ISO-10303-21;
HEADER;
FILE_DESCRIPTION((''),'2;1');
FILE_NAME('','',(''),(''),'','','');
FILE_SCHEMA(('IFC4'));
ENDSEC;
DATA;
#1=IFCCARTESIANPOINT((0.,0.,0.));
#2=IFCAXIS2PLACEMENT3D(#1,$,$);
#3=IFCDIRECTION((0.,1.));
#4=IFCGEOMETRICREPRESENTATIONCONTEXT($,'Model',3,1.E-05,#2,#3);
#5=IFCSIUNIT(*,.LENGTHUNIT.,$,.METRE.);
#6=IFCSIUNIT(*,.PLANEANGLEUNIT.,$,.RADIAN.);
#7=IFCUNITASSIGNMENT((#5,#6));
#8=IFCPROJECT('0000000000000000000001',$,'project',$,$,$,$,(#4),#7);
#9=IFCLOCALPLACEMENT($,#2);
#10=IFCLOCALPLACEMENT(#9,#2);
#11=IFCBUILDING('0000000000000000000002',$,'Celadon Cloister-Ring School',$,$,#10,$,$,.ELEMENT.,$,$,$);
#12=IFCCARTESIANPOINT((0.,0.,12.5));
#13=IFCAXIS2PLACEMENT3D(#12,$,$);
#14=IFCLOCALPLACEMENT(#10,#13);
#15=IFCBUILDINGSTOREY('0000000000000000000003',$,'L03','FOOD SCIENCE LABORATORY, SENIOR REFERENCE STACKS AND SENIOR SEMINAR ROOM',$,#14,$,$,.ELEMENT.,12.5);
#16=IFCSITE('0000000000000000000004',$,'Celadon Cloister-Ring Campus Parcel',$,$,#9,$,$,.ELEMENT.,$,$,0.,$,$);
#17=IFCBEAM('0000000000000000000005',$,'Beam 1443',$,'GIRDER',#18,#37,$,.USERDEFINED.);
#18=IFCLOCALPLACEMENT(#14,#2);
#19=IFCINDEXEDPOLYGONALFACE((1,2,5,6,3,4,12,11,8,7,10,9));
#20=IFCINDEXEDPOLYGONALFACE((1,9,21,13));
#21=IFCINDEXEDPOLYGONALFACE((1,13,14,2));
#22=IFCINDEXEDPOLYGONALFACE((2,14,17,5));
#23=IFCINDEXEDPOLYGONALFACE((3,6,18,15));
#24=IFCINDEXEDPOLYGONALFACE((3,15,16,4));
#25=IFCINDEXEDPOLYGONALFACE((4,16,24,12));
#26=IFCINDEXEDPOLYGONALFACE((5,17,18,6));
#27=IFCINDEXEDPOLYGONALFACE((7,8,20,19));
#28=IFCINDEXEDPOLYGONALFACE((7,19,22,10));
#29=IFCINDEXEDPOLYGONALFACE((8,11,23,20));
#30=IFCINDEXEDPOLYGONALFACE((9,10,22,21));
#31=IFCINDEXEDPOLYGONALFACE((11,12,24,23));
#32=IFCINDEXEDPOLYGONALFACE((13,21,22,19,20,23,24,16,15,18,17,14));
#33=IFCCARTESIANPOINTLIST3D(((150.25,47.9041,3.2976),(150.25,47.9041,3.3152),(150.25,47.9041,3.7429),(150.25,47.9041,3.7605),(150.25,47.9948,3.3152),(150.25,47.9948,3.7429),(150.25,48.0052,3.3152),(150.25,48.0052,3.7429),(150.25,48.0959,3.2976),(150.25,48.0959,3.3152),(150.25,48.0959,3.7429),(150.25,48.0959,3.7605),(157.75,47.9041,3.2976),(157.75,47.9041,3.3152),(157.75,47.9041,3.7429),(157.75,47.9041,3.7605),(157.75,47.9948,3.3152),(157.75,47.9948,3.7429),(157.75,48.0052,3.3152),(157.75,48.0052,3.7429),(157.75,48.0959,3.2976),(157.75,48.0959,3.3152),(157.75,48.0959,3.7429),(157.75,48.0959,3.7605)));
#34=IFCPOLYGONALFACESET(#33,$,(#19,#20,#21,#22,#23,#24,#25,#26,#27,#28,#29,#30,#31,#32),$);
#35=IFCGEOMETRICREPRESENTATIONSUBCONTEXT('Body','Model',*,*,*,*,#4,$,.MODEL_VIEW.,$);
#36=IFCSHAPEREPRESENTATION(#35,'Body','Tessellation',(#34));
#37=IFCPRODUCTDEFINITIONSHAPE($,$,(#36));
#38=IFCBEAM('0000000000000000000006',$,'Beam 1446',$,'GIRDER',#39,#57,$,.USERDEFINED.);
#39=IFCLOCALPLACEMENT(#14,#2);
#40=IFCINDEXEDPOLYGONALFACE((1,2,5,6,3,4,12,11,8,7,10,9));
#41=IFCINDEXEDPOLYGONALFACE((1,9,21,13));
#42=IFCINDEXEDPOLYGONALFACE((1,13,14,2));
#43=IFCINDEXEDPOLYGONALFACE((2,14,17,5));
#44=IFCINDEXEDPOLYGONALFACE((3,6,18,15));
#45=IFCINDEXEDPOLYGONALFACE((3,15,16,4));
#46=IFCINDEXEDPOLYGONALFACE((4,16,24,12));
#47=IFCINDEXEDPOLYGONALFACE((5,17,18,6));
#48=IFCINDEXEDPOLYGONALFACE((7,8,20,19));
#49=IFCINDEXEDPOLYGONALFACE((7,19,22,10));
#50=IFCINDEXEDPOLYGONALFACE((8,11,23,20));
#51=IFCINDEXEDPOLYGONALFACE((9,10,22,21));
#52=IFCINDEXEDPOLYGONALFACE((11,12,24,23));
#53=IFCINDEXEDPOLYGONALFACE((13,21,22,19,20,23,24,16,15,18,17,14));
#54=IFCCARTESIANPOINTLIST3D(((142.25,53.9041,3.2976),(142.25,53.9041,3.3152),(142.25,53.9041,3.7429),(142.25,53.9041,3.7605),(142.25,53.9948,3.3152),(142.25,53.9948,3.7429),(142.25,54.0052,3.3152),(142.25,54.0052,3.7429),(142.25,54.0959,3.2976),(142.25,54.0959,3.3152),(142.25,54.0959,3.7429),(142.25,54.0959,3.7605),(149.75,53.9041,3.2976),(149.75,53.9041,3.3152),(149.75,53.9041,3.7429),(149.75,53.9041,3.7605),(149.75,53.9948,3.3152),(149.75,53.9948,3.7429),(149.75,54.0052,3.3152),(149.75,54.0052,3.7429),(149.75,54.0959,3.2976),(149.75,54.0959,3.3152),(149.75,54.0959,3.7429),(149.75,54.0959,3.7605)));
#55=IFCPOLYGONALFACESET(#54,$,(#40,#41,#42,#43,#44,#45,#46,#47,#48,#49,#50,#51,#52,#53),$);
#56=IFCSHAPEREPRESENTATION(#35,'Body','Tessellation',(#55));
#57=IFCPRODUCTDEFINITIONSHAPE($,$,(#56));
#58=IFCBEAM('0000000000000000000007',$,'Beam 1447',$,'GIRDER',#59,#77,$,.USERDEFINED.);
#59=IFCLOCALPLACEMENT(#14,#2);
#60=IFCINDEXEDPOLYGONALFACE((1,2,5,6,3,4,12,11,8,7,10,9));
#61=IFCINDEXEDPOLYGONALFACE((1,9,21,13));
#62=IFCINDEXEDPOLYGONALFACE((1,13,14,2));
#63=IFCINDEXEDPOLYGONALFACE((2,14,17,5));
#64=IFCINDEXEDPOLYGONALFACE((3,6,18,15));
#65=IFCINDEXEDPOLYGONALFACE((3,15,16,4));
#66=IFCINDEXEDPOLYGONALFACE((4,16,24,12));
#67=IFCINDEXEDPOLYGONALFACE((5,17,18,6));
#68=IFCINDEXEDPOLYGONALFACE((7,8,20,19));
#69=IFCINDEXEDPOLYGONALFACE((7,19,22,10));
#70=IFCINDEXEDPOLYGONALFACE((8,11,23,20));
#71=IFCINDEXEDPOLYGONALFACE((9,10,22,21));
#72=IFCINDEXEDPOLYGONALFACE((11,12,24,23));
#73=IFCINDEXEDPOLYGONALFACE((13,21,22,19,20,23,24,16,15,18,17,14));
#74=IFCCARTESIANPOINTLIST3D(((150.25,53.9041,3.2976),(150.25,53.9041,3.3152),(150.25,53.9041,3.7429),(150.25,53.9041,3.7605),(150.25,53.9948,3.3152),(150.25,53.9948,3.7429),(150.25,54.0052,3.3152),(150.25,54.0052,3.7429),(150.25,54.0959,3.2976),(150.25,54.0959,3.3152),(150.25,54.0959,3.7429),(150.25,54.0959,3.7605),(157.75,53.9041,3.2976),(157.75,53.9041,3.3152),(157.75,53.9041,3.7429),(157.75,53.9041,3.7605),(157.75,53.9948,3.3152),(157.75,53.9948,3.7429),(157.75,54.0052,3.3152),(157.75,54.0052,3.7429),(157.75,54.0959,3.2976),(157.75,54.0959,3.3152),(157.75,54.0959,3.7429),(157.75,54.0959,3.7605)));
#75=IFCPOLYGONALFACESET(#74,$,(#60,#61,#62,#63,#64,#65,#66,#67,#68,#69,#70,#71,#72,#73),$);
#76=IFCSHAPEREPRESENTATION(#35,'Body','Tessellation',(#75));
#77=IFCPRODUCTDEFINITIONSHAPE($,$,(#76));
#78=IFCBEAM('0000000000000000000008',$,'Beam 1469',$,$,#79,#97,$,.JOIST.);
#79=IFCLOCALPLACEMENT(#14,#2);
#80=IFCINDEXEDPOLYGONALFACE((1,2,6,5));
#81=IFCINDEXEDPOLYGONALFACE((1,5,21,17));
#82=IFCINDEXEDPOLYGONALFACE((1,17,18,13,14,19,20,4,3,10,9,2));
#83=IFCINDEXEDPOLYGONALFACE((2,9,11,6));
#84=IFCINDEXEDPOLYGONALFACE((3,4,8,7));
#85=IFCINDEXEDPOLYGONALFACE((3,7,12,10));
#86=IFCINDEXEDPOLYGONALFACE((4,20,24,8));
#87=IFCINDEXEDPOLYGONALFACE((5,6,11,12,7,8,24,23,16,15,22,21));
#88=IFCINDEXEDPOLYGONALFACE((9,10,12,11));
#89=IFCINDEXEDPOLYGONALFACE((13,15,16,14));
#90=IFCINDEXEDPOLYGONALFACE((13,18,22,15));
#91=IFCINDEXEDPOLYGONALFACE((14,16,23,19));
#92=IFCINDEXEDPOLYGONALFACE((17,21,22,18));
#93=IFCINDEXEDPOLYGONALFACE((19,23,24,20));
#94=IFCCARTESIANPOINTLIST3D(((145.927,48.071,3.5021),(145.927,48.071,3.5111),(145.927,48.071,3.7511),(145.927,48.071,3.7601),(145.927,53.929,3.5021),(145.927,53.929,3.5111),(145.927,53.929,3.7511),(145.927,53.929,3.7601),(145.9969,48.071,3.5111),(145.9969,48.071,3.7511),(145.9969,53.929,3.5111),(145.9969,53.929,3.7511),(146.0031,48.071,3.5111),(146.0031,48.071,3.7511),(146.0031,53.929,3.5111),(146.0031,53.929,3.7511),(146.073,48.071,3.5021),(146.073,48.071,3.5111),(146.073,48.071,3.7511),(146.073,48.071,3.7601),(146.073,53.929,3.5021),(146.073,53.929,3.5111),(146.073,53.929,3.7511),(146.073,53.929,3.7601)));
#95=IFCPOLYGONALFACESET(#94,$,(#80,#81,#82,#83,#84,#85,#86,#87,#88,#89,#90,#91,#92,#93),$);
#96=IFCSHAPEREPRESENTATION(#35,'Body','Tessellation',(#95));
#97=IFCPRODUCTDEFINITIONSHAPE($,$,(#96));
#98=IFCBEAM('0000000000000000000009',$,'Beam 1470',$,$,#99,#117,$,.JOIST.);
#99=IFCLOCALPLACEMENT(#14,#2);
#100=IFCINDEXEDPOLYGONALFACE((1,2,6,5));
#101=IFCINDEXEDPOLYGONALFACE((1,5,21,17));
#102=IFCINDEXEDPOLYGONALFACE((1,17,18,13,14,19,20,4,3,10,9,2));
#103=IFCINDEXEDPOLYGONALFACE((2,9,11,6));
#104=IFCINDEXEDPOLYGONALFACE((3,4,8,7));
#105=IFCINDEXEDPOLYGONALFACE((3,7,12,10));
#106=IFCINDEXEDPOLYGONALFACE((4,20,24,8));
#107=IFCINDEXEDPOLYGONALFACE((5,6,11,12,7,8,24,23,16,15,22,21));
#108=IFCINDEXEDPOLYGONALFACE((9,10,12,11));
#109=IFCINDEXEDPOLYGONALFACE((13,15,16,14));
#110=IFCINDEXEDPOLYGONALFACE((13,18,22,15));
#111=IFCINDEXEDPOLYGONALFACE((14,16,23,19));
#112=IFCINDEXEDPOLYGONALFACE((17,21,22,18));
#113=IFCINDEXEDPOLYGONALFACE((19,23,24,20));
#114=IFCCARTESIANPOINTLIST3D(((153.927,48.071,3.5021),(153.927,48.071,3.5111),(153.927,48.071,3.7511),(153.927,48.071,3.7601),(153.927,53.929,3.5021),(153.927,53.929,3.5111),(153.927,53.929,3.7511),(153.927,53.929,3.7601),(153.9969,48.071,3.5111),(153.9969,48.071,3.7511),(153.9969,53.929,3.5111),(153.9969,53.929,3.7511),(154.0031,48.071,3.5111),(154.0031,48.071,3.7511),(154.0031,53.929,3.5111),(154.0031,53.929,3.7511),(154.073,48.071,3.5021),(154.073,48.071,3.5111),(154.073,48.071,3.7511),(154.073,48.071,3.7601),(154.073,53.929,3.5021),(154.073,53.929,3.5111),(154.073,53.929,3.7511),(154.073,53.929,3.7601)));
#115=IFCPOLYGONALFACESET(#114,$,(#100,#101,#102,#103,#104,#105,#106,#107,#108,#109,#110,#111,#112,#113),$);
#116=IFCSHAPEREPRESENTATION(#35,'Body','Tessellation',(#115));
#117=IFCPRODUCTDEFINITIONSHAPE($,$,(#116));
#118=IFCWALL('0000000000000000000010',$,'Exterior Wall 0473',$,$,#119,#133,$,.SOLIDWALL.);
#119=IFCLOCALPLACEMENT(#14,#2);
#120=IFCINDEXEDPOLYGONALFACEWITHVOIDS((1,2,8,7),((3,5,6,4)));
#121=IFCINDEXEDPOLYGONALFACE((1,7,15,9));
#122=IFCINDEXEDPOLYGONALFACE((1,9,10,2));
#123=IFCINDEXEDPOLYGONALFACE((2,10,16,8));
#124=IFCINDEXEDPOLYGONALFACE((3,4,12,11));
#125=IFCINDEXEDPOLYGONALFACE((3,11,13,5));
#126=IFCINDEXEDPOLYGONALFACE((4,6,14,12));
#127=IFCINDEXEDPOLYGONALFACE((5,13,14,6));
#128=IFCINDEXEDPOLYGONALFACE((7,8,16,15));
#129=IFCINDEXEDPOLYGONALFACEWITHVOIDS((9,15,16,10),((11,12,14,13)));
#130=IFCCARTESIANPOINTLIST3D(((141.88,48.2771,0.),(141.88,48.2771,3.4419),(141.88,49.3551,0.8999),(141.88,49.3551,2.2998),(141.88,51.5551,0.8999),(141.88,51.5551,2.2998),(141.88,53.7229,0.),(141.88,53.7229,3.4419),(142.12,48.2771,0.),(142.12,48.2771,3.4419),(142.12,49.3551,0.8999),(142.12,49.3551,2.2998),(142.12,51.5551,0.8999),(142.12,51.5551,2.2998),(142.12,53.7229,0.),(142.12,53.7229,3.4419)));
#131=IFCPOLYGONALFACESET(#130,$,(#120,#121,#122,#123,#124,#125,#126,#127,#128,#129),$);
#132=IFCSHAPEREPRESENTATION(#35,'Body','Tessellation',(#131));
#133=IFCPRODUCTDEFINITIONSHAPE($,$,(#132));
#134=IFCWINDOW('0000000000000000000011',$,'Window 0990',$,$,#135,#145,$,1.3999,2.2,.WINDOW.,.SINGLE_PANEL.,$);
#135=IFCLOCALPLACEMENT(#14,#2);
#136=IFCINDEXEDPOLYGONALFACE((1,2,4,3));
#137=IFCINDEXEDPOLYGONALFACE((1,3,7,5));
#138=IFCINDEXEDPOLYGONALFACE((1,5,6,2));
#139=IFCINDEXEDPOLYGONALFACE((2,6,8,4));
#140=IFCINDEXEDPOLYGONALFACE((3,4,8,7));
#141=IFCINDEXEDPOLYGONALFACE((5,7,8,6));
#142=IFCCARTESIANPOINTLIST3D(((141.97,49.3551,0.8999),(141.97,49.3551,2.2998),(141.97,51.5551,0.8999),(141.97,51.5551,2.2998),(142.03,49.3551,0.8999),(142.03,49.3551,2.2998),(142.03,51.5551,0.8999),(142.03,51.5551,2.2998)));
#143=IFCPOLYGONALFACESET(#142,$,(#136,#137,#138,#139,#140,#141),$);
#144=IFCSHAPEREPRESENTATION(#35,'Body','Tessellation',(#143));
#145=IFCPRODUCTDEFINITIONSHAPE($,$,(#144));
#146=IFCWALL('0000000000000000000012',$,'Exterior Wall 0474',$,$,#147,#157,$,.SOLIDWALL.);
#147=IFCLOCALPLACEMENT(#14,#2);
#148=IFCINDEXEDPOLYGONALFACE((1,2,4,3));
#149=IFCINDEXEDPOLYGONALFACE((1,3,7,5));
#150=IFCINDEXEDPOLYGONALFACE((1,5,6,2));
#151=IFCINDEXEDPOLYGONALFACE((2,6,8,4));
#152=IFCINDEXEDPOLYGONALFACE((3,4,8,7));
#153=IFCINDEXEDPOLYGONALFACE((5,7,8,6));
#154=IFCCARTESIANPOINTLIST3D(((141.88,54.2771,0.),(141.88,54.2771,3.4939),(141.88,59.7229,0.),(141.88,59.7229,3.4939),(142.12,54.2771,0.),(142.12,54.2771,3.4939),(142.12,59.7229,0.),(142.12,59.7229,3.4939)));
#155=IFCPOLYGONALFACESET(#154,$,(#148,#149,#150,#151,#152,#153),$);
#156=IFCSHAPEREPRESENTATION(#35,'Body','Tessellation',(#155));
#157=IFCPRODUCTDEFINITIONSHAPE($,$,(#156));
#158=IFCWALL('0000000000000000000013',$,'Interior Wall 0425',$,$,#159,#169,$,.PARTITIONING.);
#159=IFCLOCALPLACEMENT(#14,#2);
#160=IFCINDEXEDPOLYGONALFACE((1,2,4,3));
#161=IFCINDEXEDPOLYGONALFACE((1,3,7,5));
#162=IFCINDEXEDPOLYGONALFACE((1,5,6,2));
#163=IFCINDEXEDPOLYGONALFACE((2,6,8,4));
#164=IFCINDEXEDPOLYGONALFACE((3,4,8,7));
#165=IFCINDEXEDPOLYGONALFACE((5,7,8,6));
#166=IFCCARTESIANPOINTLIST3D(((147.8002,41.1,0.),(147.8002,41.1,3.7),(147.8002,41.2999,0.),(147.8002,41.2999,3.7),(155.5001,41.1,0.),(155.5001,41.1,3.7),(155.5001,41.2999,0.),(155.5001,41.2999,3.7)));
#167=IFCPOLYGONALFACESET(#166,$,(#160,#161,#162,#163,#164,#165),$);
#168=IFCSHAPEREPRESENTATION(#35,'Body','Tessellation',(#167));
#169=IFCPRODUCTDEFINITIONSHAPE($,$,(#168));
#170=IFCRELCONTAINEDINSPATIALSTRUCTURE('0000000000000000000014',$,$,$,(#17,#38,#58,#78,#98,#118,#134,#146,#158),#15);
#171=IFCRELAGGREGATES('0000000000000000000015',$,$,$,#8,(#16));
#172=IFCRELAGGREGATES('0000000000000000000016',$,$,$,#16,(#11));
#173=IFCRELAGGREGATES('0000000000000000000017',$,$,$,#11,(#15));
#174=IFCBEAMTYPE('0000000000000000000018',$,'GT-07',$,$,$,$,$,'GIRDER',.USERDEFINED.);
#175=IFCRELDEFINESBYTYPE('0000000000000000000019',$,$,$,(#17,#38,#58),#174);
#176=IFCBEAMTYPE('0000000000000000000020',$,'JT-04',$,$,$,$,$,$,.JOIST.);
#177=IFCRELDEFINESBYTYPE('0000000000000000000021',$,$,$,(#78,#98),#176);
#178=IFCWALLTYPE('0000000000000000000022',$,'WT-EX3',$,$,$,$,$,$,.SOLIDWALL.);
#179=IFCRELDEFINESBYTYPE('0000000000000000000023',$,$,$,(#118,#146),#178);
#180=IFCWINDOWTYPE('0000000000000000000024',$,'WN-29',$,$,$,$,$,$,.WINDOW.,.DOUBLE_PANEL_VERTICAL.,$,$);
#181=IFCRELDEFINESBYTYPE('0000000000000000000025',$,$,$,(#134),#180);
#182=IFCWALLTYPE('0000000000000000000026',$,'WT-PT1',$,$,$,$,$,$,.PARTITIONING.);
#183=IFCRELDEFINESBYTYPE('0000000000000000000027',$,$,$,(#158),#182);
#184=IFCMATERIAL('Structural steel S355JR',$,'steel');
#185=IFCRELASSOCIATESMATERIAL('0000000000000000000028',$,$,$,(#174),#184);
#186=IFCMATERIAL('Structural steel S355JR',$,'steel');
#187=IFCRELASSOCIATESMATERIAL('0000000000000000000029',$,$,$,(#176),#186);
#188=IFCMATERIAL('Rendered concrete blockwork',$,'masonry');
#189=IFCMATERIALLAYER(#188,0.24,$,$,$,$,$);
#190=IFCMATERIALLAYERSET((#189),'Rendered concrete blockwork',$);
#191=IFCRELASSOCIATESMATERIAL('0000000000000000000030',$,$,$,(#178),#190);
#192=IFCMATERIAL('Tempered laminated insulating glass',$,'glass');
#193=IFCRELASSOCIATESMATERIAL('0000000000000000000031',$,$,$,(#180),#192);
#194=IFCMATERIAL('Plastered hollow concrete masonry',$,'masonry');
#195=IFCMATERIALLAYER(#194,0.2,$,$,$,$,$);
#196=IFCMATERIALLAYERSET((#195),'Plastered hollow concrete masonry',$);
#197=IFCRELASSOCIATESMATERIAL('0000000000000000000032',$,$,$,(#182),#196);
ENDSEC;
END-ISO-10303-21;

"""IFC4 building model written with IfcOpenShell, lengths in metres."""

from ifc_helpers import new_model, si_unit, direction, frame, frame_2d, origin, origin_2d, place, context, subcontext, project, spatial, rectangle, i_section, extrude, material, layer, layer_set, material_profile, profile_set, type_object, element, fill, save


model = new_model("IFC4")

# Units and contexts
model_context = context("Model", 3, precision=1e-05, world=origin(), true_north=direction((0.0, 1.0)))
body_context = subcontext(model_context, "Body", "Model", "MODEL_VIEW")
ifc_project = project(units=[si_unit("LENGTHUNIT", "METRE"), si_unit("PLANEANGLEUNIT", "RADIAN")], contexts=[model_context])

# Site, building, storey
site_placement = place(None, origin())
site = spatial("IfcSite", under=ifc_project, at=site_placement, Name="Celadon Cloister-Ring Campus Parcel", CompositionType="ELEMENT", RefElevation=0.0)
building_placement = place(site_placement, origin())
building = spatial("IfcBuilding", under=site, at=building_placement, Name="Celadon Cloister-Ring School", CompositionType="ELEMENT")
storey_placement = place(building_placement, frame((0.0, 0.0, 12.5)))
storey = spatial("IfcBuildingStorey", under=building, at=storey_placement, Name="L03", Description="FOOD SCIENCE LABORATORY, SENIOR REFERENCE STACKS AND SENIOR SEMINAR ROOM", CompositionType="ELEMENT", Elevation=12.5)

# Beams
ifc_material_1 = material(Name="Structural steel S355JR", Category="steel")
ifc_material_profile_1 = material_profile(ifc_material_1, i_section(OverallWidth=0.1919, OverallDepth=0.4629, WebThickness=0.0105, FlangeThickness=0.0176, at=origin_2d()), Name="W460X89")
ifc_profile_set_1 = profile_set([ifc_material_profile_1], Name="Structural steel S355JR")
beam_type_1 = type_object("IfcBeamType", Name="GT-07", ElementType="GIRDER", PredefinedType="USERDEFINED", material=ifc_profile_set_1)
for number, where, z_axis, x_axis, name in (
    (1, (150.25, 48.0, 3.5291), (1.0, 0.0, 0.0), (0.0, 1.0, 0.0), "Beam 1443"),
    (2, (142.25, 54.0, 3.5291), (1.0, 0.0, 0.0), (0.0, 1.0, 0.0), "Beam 1446"),
    (3, (150.25, 54.0, 3.5291), (1.0, 0.0, 0.0), (0.0, 1.0, 0.0), "Beam 1447"),
):
    element("IfcBeam", number, at=place(storey_placement, frame(where, z_axis=z_axis, x_axis=x_axis)), inside=storey, type_object=beam_type_1, Name=name, ObjectType="GIRDER", PredefinedType="USERDEFINED", context=body_context, shape_type="SweptSolid", body=[
        extrude(i_section(OverallWidth=0.1919, OverallDepth=0.4629, WebThickness=0.0105, FlangeThickness=0.0176, at=origin_2d()), origin(), (0.0, 0.0, 1.0), 7.5),
    ])
ifc_material_2 = material(Name="Structural steel S355JR", Category="steel")
ifc_material_profile_2 = material_profile(ifc_material_2, i_section(OverallWidth=0.146, OverallDepth=0.2581, WebThickness=0.0061, FlangeThickness=0.009, at=origin_2d()), Name="W250X33")
ifc_profile_set_2 = profile_set([ifc_material_profile_2], Name="Structural steel S355JR")
beam_type_2 = type_object("IfcBeamType", Name="JT-04", PredefinedType="JOIST", material=ifc_profile_set_2)
for number, where, z_axis, x_axis, name in (
    (4, (146.0, 48.071, 3.6311), (0.0, 1.0, 0.0), (-1.0, 0.0, 0.0), "Beam 1469"),
    (5, (154.0, 48.071, 3.6311), (0.0, 1.0, 0.0), (-1.0, 0.0, 0.0), "Beam 1470"),
):
    element("IfcBeam", number, at=place(storey_placement, frame(where, z_axis=z_axis, x_axis=x_axis)), inside=storey, type_object=beam_type_2, Name=name, PredefinedType="JOIST", context=body_context, shape_type="SweptSolid", body=[
        extrude(i_section(OverallWidth=0.146, OverallDepth=0.2581, WebThickness=0.0061, FlangeThickness=0.009, at=origin_2d()), origin(), (0.0, 0.0, 1.0), 5.8579),
    ])

# Wall, opening, window
ifc_material_3 = material(Name="Rendered concrete blockwork", Category="masonry")
ifc_layer_1 = layer(ifc_material_3, 0.24)
ifc_layer_set_1 = layer_set([ifc_layer_1], Name="Rendered concrete blockwork")
wall_type_1 = type_object("IfcWallType", Name="WT-EX3", PredefinedType="SOLIDWALL", material=ifc_layer_set_1)
wall_1_placement = place(storey_placement, frame((142.0, 48.2771, 0.0), z_axis=(0.0, 0.0, 1.0), x_axis=(0.0, 1.0, 0.0)))
wall_1 = element("IfcWall", 6, at=wall_1_placement, inside=storey, type_object=wall_type_1, Name="Exterior Wall 0473", PredefinedType="SOLIDWALL", context=body_context, shape_type="SweptSolid", body=[
    extrude(rectangle(XDim=5.4458, YDim=0.24, at=frame_2d((2.7229, 0.0))), origin(), (0.0, 0.0, 1.0), 3.4419),
])
opening_1_placement = place(wall_1_placement, frame((1.0779, 0.0, 0.8999)))
opening_1 = element("IfcOpeningElement", 7, at=opening_1_placement, cuts=wall_1, PredefinedType="OPENING", context=body_context, shape_type="SweptSolid", body=[
    extrude(rectangle(XDim=2.2, YDim=1.3999, at=frame_2d((1.1001, 0.7))), frame((0.0, 0.1299, 0.0), z_axis=(0.0, -1.0, 0.0), x_axis=(1.0, 0.0, 0.0)), (0.0, 0.0, 1.0), 0.26),
])
ifc_material_4 = material(Name="Tempered laminated insulating glass", Category="glass")
window_type = type_object("IfcWindowType", Name="WN-29", PartitioningType="DOUBLE_PANEL_VERTICAL", PredefinedType="WINDOW", material=ifc_material_4)
window_placement = place(opening_1_placement, origin())
window = element("IfcWindow", 8, at=window_placement, inside=storey, type_object=window_type, Name="Window 0990", OverallHeight=1.3999, OverallWidth=2.2, PartitioningType="SINGLE_PANEL", PredefinedType="WINDOW", context=body_context, shape_type="SweptSolid", body=[
    extrude(rectangle(XDim=2.2, YDim=1.3999, at=frame_2d((1.1001, 0.7))), frame((0.0, 0.03, 0.0), z_axis=(0.0, -1.0, 0.0), x_axis=(1.0, 0.0, 0.0)), (0.0, 0.0, 1.0), 0.0601),
])
fill(opening_1, window)

# Walls
wall_2_placement = place(storey_placement, frame((142.0, 54.2771, 0.0), z_axis=(0.0, 0.0, 1.0), x_axis=(0.0, 1.0, 0.0)))
element("IfcWall", 9, at=wall_2_placement, inside=storey, type_object=wall_type_1, Name="Exterior Wall 0474", PredefinedType="SOLIDWALL", context=body_context, shape_type="SweptSolid", body=[
    extrude(rectangle(XDim=5.4458, YDim=0.24, at=frame_2d((2.7229, 0.0))), origin(), (0.0, 0.0, 1.0), 3.4939),
])
ifc_material_5 = material(Name="Plastered hollow concrete masonry", Category="masonry")
ifc_layer_2 = layer(ifc_material_5, 0.2)
ifc_layer_set_2 = layer_set([ifc_layer_2], Name="Plastered hollow concrete masonry")
wall_type_2 = type_object("IfcWallType", Name="WT-PT1", PredefinedType="PARTITIONING", material=ifc_layer_set_2)
wall_3_placement = place(storey_placement, frame((147.8, 41.2, 0.0), z_axis=(0.0, 0.0, 1.0), x_axis=(1.0, 0.0, 0.0)))
element("IfcWall", 10, at=wall_3_placement, inside=storey, type_object=wall_type_2, Name="Interior Wall 0425", PredefinedType="PARTITIONING", context=body_context, shape_type="SweptSolid", body=[
    extrude(rectangle(XDim=7.7, YDim=0.2, at=frame_2d((3.8501, 0.0))), origin(), (0.0, 0.0, 1.0), 3.7),
])

save(model, "model.ifc")
